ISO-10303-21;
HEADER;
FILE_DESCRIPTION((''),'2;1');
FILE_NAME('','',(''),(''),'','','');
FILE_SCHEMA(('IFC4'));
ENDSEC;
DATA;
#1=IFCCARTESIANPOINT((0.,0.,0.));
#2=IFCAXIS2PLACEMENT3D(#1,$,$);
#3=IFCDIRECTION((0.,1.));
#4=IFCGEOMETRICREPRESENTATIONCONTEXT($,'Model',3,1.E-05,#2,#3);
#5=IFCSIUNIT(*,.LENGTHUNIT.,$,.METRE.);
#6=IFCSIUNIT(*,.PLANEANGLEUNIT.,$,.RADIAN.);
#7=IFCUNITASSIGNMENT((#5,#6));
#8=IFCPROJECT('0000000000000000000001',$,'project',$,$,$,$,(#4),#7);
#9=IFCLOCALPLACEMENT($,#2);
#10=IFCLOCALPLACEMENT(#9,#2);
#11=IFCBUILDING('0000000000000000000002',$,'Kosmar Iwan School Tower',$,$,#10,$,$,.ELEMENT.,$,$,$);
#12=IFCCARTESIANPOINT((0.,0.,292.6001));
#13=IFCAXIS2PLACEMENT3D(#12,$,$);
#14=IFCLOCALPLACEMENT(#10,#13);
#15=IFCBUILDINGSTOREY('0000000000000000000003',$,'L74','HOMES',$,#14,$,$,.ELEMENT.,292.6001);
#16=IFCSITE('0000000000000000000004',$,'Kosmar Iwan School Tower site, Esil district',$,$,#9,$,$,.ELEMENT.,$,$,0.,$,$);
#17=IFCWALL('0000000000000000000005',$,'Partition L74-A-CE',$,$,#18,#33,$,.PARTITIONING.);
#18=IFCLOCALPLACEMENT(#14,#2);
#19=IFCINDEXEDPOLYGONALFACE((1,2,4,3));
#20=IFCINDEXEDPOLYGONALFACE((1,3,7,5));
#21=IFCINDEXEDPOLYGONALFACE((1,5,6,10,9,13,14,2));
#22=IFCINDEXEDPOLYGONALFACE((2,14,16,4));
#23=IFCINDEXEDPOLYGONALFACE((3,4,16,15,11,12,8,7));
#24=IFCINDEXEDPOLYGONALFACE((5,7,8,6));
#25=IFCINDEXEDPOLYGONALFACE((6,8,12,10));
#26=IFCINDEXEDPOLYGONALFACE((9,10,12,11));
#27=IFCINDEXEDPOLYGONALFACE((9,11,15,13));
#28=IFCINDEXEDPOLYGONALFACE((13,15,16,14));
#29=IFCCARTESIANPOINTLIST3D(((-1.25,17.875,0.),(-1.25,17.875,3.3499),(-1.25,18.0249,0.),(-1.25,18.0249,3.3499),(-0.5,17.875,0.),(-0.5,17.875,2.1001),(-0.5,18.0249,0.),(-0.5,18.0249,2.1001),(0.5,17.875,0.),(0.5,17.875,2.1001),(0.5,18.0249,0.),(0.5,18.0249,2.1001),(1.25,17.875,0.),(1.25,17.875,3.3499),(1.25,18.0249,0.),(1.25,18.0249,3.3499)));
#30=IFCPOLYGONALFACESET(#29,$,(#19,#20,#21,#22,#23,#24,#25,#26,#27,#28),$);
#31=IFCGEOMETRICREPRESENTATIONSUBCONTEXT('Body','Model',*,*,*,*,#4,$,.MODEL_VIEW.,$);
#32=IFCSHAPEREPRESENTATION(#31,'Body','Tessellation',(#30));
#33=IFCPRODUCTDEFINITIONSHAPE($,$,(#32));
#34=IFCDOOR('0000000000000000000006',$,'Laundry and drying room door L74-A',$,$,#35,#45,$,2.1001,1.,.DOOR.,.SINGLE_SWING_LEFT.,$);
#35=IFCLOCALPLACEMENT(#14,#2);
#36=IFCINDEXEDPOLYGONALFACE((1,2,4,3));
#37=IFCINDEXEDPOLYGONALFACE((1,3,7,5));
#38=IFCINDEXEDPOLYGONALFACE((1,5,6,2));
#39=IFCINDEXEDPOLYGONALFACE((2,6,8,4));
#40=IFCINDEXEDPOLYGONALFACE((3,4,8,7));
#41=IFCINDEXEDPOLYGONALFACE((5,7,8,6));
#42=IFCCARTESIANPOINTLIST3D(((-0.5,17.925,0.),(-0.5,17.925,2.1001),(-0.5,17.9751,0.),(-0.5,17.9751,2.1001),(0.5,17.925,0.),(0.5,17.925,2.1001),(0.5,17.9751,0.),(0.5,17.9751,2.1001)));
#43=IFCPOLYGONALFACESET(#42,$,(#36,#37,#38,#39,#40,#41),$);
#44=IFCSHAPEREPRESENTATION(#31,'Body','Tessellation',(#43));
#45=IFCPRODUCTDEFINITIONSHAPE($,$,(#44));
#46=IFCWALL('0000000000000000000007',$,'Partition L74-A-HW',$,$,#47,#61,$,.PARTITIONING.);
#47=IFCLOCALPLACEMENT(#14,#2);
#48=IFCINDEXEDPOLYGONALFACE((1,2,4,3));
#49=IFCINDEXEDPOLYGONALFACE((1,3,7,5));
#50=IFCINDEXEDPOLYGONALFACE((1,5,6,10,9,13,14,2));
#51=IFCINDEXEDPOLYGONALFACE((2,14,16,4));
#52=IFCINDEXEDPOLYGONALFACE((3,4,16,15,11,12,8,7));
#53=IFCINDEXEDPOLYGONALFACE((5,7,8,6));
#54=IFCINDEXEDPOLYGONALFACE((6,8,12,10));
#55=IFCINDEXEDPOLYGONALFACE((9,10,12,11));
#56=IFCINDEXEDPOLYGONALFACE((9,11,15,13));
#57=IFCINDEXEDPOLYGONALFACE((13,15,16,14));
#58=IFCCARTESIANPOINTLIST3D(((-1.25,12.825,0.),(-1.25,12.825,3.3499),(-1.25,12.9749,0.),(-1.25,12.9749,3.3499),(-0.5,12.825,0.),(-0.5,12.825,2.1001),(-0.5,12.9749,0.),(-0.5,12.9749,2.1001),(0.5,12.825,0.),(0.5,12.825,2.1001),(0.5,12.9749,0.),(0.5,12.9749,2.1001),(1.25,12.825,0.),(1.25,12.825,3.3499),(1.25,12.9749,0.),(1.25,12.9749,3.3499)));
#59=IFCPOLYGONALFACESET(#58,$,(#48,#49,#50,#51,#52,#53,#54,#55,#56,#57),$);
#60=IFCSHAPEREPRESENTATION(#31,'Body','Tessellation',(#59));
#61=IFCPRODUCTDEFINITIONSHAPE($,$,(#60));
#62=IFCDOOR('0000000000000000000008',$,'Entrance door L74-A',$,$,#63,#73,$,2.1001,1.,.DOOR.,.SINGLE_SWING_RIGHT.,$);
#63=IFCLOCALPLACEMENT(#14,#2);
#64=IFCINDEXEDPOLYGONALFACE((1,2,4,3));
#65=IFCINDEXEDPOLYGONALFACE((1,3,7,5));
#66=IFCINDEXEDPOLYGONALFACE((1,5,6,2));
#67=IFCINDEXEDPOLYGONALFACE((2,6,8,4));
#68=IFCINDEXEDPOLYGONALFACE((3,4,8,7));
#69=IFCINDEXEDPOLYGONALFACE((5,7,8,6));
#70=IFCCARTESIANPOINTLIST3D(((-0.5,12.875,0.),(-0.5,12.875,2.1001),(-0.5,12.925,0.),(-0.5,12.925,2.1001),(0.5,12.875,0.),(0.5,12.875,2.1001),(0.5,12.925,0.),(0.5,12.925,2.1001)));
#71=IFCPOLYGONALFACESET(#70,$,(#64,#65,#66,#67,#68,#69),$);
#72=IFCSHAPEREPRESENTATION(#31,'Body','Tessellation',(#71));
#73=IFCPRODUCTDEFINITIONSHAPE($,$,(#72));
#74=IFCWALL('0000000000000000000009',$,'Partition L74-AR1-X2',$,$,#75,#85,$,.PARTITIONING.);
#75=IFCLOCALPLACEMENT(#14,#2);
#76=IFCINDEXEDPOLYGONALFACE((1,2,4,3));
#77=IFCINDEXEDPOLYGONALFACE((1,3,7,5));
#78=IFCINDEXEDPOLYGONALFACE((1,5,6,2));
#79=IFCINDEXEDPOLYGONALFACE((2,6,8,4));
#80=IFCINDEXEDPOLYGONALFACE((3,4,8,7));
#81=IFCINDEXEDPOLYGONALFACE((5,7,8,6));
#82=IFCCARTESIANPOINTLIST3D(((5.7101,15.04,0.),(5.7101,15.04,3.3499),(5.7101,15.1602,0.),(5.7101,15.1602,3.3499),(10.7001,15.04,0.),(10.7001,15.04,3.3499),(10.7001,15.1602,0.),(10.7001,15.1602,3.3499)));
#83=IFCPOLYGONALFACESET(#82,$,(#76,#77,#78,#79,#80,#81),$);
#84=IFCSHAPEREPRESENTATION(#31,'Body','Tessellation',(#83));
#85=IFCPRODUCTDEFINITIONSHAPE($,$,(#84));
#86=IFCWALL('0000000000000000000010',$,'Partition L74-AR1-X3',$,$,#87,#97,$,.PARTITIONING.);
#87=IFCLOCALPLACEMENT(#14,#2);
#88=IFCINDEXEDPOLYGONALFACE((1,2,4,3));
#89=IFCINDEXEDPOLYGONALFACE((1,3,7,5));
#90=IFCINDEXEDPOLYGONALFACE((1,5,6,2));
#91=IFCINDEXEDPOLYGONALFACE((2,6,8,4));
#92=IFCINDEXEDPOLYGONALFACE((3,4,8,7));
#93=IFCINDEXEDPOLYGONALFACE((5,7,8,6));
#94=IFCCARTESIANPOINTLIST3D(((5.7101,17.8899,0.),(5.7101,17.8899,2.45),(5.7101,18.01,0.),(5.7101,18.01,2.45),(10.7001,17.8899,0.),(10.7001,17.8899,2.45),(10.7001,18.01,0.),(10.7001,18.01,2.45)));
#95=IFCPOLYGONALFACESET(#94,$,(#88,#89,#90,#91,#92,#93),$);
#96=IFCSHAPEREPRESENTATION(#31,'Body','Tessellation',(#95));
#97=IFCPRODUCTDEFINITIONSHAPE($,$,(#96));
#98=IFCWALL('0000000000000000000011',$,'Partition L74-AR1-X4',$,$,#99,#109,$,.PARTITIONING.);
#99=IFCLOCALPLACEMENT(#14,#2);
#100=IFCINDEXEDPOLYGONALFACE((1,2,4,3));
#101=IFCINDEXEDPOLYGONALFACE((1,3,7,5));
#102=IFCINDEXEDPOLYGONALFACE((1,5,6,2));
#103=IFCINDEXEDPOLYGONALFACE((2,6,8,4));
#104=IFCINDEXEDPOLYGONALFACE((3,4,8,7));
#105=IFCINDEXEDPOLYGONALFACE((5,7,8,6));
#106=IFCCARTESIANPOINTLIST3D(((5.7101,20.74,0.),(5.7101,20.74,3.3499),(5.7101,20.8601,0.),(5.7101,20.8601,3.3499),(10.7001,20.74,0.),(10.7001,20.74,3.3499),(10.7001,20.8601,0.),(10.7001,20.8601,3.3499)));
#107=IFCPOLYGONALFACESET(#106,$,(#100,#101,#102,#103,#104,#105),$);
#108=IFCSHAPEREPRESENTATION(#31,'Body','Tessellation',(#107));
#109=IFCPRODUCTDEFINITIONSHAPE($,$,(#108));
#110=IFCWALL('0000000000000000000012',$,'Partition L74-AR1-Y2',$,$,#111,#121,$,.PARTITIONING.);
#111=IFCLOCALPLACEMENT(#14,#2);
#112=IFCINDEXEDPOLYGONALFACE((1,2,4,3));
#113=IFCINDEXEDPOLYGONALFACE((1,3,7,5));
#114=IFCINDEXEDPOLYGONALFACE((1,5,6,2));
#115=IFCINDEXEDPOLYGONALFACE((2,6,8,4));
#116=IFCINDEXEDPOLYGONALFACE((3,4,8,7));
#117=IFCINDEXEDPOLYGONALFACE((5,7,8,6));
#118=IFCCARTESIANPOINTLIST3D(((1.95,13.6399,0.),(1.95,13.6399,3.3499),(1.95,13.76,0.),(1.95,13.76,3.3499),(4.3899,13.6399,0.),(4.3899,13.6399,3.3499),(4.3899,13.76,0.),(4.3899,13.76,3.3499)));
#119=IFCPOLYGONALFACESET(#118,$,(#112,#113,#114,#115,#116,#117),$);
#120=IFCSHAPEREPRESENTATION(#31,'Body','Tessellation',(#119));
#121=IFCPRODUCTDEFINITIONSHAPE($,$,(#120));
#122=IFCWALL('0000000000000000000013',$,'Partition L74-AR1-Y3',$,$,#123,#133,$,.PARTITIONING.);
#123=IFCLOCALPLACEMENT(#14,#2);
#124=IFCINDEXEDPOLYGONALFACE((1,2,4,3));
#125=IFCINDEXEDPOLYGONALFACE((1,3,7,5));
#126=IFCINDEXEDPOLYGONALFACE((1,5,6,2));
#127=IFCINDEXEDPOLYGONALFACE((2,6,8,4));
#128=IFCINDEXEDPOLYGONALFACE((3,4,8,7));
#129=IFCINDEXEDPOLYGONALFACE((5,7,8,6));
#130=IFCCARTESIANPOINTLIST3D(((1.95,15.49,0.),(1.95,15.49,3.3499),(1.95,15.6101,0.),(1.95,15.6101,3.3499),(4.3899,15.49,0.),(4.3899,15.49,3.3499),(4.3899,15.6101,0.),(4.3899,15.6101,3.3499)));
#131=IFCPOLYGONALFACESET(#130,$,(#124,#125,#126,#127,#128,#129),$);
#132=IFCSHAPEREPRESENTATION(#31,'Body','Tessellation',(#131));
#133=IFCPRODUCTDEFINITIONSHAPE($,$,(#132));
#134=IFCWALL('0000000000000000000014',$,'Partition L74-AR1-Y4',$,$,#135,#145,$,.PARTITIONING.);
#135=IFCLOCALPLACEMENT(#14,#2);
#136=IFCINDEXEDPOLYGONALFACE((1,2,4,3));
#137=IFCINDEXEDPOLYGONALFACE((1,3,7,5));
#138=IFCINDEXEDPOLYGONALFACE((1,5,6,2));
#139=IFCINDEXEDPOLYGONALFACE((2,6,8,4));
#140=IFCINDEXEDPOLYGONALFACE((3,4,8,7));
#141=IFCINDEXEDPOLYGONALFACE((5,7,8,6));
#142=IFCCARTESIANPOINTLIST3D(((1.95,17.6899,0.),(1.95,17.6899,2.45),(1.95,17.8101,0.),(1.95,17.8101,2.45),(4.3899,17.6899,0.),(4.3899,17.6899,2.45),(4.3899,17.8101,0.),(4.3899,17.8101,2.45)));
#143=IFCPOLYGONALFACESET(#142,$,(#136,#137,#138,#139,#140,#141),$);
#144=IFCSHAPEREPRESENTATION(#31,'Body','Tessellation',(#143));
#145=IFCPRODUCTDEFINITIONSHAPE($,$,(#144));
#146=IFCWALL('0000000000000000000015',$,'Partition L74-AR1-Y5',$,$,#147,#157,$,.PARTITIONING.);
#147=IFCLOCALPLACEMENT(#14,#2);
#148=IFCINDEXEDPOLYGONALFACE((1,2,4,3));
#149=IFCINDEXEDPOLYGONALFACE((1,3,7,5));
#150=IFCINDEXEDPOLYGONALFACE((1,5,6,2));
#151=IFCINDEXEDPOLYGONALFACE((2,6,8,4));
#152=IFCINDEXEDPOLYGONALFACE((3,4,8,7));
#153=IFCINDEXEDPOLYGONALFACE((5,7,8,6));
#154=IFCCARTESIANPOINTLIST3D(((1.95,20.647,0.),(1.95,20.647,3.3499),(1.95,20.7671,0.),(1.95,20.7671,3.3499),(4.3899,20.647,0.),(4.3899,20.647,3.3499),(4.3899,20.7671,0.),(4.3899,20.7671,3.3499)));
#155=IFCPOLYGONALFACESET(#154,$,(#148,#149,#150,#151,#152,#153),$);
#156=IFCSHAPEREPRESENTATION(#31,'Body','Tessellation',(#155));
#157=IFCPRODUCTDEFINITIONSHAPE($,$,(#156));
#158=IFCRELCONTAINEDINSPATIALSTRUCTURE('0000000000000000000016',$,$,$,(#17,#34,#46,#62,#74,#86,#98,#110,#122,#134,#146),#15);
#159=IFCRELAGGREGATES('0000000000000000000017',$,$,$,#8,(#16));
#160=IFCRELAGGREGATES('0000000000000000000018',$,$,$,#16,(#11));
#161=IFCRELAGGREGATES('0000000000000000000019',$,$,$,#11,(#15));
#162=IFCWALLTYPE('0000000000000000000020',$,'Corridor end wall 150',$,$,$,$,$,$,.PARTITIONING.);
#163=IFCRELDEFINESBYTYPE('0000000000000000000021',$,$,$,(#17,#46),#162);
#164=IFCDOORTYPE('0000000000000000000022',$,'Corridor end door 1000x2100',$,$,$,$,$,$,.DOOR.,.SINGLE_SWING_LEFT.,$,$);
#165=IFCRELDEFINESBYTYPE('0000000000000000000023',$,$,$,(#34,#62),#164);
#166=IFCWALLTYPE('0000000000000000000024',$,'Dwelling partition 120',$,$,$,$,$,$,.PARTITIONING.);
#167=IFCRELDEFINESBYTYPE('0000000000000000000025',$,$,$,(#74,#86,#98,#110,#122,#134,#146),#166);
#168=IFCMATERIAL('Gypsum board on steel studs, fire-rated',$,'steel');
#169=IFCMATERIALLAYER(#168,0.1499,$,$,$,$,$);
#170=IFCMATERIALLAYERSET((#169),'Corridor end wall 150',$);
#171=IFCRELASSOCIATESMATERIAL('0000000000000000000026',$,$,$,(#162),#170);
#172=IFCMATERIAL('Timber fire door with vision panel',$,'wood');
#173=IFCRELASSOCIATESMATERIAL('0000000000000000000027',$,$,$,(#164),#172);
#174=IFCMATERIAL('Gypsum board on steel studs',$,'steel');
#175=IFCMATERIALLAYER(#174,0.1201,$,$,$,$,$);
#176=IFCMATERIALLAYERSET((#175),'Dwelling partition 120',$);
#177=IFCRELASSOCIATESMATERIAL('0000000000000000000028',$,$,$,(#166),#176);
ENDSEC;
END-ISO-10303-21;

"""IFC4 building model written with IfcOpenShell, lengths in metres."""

from ifc_helpers import new_model, si_unit, direction, frame, frame_2d, origin, place, context, subcontext, project, spatial, rectangle, extrude, material, layer, layer_set, type_object, element, fill, save


model = new_model("IFC4")

# Units and contexts
model_context = context("Model", 3, precision=1e-05, world=origin(), true_north=direction((0.0, 1.0)))
body_context = subcontext(model_context, "Body", "Model", "MODEL_VIEW")
ifc_project = project(units=[si_unit("LENGTHUNIT", "METRE"), si_unit("PLANEANGLEUNIT", "RADIAN")], contexts=[model_context])

# Site, building, storey
site_placement = place(None, origin())
site = spatial("IfcSite", under=ifc_project, at=site_placement, Name="Kosmar Iwan School Tower site, Esil district", CompositionType="ELEMENT", RefElevation=0.0)
building_placement = place(site_placement, origin())
building = spatial("IfcBuilding", under=site, at=building_placement, Name="Kosmar Iwan School Tower", CompositionType="ELEMENT")
storey_placement = place(building_placement, frame((0.0, 0.0, 292.6001)))
storey = spatial("IfcBuildingStorey", under=building, at=storey_placement, Name="L74", Description="HOMES", CompositionType="ELEMENT", Elevation=292.6001)

# Walls, openings, doors
ifc_material_1 = material(Name="Gypsum board on steel studs, fire-rated", Category="steel")
ifc_layer_1 = layer(ifc_material_1, 0.1499)
ifc_layer_set_1 = layer_set([ifc_layer_1], Name="Corridor end wall 150")
wall_type_1 = type_object("IfcWallType", Name="Corridor end wall 150", PredefinedType="PARTITIONING", material=ifc_layer_set_1)
wall_1_placement = place(storey_placement, frame((1.25, 17.95, 0.0), z_axis=(0.0, 0.0, 1.0), x_axis=(-1.0, 0.0, 0.0)))
wall_1 = element("IfcWall", 1, at=wall_1_placement, inside=storey, type_object=wall_type_1, Name="Partition L74-A-CE", PredefinedType="PARTITIONING", context=body_context, shape_type="SweptSolid", body=[
    extrude(rectangle(XDim=2.5, YDim=0.1499, at=frame_2d((1.25, 0.0))), origin(), (0.0, 0.0, 1.0), 3.3499),
])
opening_1_placement = place(wall_1_placement, frame((0.75, 0.0, 0.0)))
opening_1 = element("IfcOpeningElement", 2, at=opening_1_placement, cuts=wall_1, PredefinedType="OPENING", context=body_context, shape_type="SweptSolid", body=[
    extrude(rectangle(XDim=1.0, YDim=2.1001, at=frame_2d((0.5, 1.05))), frame((0.0, 0.0869, 0.0), z_axis=(0.0, -1.0, 0.0), x_axis=(1.0, 0.0, 0.0)), (0.0, 0.0, 1.0), 0.1738),
])
ifc_material_2 = material(Name="Timber fire door with vision panel", Category="wood")
door_type = type_object("IfcDoorType", Name="Corridor end door 1000x2100", OperationType="SINGLE_SWING_LEFT", PredefinedType="DOOR", material=ifc_material_2)
door_1_placement = place(opening_1_placement, origin())
door_1 = element("IfcDoor", 3, at=door_1_placement, inside=storey, type_object=door_type, Name="Laundry and drying room door L74-A", OperationType="SINGLE_SWING_LEFT", OverallHeight=2.1001, OverallWidth=1.0, PredefinedType="DOOR", context=body_context, shape_type="SweptSolid", body=[
    extrude(rectangle(XDim=1.0, YDim=2.1001, at=frame_2d((0.5, 1.05))), frame((0.0, 0.0249, 0.0), z_axis=(0.0, -1.0, 0.0), x_axis=(1.0, 0.0, 0.0)), (0.0, 0.0, 1.0), 0.05),
])
fill(opening_1, door_1)
wall_2_placement = place(storey_placement, frame((1.25, 12.8999, 0.0), z_axis=(0.0, 0.0, 1.0), x_axis=(-1.0, 0.0, 0.0)))
wall_2 = element("IfcWall", 4, at=wall_2_placement, inside=storey, type_object=wall_type_1, Name="Partition L74-A-HW", PredefinedType="PARTITIONING", context=body_context, shape_type="SweptSolid", body=[
    extrude(rectangle(XDim=2.5, YDim=0.1499, at=frame_2d((1.25, 0.0))), origin(), (0.0, 0.0, 1.0), 3.3499),
])
opening_2_placement = place(wall_2_placement, frame((0.75, 0.0, 0.0)))
opening_2 = element("IfcOpeningElement", 5, at=opening_2_placement, cuts=wall_2, PredefinedType="OPENING", context=body_context, shape_type="SweptSolid", body=[
    extrude(rectangle(XDim=1.0, YDim=2.1001, at=frame_2d((0.5, 1.05))), frame((0.0, 0.0869, 0.0), z_axis=(0.0, -1.0, 0.0), x_axis=(1.0, 0.0, 0.0)), (0.0, 0.0, 1.0), 0.1738),
])
door_2_placement = place(opening_2_placement, origin())
door_2 = element("IfcDoor", 6, at=door_2_placement, inside=storey, type_object=door_type, Name="Entrance door L74-A", OperationType="SINGLE_SWING_RIGHT", OverallHeight=2.1001, OverallWidth=1.0, PredefinedType="DOOR", context=body_context, shape_type="SweptSolid", body=[
    extrude(rectangle(XDim=1.0, YDim=2.1001, at=frame_2d((0.5, 1.05))), frame((0.0, 0.0249, 0.0), z_axis=(0.0, -1.0, 0.0), x_axis=(1.0, 0.0, 0.0)), (0.0, 0.0, 1.0), 0.05),
])
fill(opening_2, door_2)

# Walls
ifc_material_3 = material(Name="Gypsum board on steel studs", Category="steel")
ifc_layer_2 = layer(ifc_material_3, 0.1201)
ifc_layer_set_2 = layer_set([ifc_layer_2], Name="Dwelling partition 120")
wall_type_2 = type_object("IfcWallType", Name="Dwelling partition 120", PredefinedType="PARTITIONING", material=ifc_layer_set_2)
wall_3_placement = place(storey_placement, frame((5.71, 15.1001, 0.0), z_axis=(0.0, 0.0, 1.0), x_axis=(1.0, 0.0, 0.0)))
element("IfcWall", 7, at=wall_3_placement, inside=storey, type_object=wall_type_2, Name="Partition L74-AR1-X2", PredefinedType="PARTITIONING", context=body_context, shape_type="SweptSolid", body=[
    extrude(rectangle(XDim=4.99, YDim=0.1201, at=frame_2d((2.4951, 0.0))), origin(), (0.0, 0.0, 1.0), 3.3499),
])
wall_4_placement = place(storey_placement, frame((5.71, 17.95, 0.0), z_axis=(0.0, 0.0, 1.0), x_axis=(1.0, 0.0, 0.0)))
element("IfcWall", 8, at=wall_4_placement, inside=storey, type_object=wall_type_2, Name="Partition L74-AR1-X3", PredefinedType="PARTITIONING", context=body_context, shape_type="SweptSolid", body=[
    extrude(rectangle(XDim=4.99, YDim=0.1201, at=frame_2d((2.4951, 0.0))), origin(), (0.0, 0.0, 1.0), 2.45),
])
wall_5_placement = place(storey_placement, frame((5.71, 20.8, 0.0), z_axis=(0.0, 0.0, 1.0), x_axis=(1.0, 0.0, 0.0)))
element("IfcWall", 9, at=wall_5_placement, inside=storey, type_object=wall_type_2, Name="Partition L74-AR1-X4", PredefinedType="PARTITIONING", context=body_context, shape_type="SweptSolid", body=[
    extrude(rectangle(XDim=4.99, YDim=0.1201, at=frame_2d((2.4951, 0.0))), origin(), (0.0, 0.0, 1.0), 3.3499),
])
for number, where, z_axis, x_axis, name in (
    (10, (1.95, 13.7, 0.0), (0.0, 0.0, 1.0), (1.0, 0.0, 0.0), "Partition L74-AR1-Y2"),
    (11, (1.95, 15.55, 0.0), (0.0, 0.0, 1.0), (1.0, 0.0, 0.0), "Partition L74-AR1-Y3"),
):
    element("IfcWall", number, at=place(storey_placement, frame(where, z_axis=z_axis, x_axis=x_axis)), inside=storey, type_object=wall_type_2, Name=name, PredefinedType="PARTITIONING", context=body_context, shape_type="SweptSolid", body=[
        extrude(rectangle(XDim=2.4399, YDim=0.1201, at=frame_2d((1.22, 0.0))), origin(), (0.0, 0.0, 1.0), 3.3499),
    ])
wall_6_placement = place(storey_placement, frame((1.95, 17.75, 0.0), z_axis=(0.0, 0.0, 1.0), x_axis=(1.0, 0.0, 0.0)))
element("IfcWall", 12, at=wall_6_placement, inside=storey, type_object=wall_type_2, Name="Partition L74-AR1-Y4", PredefinedType="PARTITIONING", context=body_context, shape_type="SweptSolid", body=[
    extrude(rectangle(XDim=2.4399, YDim=0.1201, at=frame_2d((1.22, 0.0))), origin(), (0.0, 0.0, 1.0), 2.45),
])
wall_7_placement = place(storey_placement, frame((1.95, 20.707, 0.0), z_axis=(0.0, 0.0, 1.0), x_axis=(1.0, 0.0, 0.0)))
element("IfcWall", 13, at=wall_7_placement, inside=storey, type_object=wall_type_2, Name="Partition L74-AR1-Y5", PredefinedType="PARTITIONING", context=body_context, shape_type="SweptSolid", body=[
    extrude(rectangle(XDim=2.4399, YDim=0.1201, at=frame_2d((1.22, 0.0))), origin(), (0.0, 0.0, 1.0), 3.3499),
])

save(model, "model.ifc")
